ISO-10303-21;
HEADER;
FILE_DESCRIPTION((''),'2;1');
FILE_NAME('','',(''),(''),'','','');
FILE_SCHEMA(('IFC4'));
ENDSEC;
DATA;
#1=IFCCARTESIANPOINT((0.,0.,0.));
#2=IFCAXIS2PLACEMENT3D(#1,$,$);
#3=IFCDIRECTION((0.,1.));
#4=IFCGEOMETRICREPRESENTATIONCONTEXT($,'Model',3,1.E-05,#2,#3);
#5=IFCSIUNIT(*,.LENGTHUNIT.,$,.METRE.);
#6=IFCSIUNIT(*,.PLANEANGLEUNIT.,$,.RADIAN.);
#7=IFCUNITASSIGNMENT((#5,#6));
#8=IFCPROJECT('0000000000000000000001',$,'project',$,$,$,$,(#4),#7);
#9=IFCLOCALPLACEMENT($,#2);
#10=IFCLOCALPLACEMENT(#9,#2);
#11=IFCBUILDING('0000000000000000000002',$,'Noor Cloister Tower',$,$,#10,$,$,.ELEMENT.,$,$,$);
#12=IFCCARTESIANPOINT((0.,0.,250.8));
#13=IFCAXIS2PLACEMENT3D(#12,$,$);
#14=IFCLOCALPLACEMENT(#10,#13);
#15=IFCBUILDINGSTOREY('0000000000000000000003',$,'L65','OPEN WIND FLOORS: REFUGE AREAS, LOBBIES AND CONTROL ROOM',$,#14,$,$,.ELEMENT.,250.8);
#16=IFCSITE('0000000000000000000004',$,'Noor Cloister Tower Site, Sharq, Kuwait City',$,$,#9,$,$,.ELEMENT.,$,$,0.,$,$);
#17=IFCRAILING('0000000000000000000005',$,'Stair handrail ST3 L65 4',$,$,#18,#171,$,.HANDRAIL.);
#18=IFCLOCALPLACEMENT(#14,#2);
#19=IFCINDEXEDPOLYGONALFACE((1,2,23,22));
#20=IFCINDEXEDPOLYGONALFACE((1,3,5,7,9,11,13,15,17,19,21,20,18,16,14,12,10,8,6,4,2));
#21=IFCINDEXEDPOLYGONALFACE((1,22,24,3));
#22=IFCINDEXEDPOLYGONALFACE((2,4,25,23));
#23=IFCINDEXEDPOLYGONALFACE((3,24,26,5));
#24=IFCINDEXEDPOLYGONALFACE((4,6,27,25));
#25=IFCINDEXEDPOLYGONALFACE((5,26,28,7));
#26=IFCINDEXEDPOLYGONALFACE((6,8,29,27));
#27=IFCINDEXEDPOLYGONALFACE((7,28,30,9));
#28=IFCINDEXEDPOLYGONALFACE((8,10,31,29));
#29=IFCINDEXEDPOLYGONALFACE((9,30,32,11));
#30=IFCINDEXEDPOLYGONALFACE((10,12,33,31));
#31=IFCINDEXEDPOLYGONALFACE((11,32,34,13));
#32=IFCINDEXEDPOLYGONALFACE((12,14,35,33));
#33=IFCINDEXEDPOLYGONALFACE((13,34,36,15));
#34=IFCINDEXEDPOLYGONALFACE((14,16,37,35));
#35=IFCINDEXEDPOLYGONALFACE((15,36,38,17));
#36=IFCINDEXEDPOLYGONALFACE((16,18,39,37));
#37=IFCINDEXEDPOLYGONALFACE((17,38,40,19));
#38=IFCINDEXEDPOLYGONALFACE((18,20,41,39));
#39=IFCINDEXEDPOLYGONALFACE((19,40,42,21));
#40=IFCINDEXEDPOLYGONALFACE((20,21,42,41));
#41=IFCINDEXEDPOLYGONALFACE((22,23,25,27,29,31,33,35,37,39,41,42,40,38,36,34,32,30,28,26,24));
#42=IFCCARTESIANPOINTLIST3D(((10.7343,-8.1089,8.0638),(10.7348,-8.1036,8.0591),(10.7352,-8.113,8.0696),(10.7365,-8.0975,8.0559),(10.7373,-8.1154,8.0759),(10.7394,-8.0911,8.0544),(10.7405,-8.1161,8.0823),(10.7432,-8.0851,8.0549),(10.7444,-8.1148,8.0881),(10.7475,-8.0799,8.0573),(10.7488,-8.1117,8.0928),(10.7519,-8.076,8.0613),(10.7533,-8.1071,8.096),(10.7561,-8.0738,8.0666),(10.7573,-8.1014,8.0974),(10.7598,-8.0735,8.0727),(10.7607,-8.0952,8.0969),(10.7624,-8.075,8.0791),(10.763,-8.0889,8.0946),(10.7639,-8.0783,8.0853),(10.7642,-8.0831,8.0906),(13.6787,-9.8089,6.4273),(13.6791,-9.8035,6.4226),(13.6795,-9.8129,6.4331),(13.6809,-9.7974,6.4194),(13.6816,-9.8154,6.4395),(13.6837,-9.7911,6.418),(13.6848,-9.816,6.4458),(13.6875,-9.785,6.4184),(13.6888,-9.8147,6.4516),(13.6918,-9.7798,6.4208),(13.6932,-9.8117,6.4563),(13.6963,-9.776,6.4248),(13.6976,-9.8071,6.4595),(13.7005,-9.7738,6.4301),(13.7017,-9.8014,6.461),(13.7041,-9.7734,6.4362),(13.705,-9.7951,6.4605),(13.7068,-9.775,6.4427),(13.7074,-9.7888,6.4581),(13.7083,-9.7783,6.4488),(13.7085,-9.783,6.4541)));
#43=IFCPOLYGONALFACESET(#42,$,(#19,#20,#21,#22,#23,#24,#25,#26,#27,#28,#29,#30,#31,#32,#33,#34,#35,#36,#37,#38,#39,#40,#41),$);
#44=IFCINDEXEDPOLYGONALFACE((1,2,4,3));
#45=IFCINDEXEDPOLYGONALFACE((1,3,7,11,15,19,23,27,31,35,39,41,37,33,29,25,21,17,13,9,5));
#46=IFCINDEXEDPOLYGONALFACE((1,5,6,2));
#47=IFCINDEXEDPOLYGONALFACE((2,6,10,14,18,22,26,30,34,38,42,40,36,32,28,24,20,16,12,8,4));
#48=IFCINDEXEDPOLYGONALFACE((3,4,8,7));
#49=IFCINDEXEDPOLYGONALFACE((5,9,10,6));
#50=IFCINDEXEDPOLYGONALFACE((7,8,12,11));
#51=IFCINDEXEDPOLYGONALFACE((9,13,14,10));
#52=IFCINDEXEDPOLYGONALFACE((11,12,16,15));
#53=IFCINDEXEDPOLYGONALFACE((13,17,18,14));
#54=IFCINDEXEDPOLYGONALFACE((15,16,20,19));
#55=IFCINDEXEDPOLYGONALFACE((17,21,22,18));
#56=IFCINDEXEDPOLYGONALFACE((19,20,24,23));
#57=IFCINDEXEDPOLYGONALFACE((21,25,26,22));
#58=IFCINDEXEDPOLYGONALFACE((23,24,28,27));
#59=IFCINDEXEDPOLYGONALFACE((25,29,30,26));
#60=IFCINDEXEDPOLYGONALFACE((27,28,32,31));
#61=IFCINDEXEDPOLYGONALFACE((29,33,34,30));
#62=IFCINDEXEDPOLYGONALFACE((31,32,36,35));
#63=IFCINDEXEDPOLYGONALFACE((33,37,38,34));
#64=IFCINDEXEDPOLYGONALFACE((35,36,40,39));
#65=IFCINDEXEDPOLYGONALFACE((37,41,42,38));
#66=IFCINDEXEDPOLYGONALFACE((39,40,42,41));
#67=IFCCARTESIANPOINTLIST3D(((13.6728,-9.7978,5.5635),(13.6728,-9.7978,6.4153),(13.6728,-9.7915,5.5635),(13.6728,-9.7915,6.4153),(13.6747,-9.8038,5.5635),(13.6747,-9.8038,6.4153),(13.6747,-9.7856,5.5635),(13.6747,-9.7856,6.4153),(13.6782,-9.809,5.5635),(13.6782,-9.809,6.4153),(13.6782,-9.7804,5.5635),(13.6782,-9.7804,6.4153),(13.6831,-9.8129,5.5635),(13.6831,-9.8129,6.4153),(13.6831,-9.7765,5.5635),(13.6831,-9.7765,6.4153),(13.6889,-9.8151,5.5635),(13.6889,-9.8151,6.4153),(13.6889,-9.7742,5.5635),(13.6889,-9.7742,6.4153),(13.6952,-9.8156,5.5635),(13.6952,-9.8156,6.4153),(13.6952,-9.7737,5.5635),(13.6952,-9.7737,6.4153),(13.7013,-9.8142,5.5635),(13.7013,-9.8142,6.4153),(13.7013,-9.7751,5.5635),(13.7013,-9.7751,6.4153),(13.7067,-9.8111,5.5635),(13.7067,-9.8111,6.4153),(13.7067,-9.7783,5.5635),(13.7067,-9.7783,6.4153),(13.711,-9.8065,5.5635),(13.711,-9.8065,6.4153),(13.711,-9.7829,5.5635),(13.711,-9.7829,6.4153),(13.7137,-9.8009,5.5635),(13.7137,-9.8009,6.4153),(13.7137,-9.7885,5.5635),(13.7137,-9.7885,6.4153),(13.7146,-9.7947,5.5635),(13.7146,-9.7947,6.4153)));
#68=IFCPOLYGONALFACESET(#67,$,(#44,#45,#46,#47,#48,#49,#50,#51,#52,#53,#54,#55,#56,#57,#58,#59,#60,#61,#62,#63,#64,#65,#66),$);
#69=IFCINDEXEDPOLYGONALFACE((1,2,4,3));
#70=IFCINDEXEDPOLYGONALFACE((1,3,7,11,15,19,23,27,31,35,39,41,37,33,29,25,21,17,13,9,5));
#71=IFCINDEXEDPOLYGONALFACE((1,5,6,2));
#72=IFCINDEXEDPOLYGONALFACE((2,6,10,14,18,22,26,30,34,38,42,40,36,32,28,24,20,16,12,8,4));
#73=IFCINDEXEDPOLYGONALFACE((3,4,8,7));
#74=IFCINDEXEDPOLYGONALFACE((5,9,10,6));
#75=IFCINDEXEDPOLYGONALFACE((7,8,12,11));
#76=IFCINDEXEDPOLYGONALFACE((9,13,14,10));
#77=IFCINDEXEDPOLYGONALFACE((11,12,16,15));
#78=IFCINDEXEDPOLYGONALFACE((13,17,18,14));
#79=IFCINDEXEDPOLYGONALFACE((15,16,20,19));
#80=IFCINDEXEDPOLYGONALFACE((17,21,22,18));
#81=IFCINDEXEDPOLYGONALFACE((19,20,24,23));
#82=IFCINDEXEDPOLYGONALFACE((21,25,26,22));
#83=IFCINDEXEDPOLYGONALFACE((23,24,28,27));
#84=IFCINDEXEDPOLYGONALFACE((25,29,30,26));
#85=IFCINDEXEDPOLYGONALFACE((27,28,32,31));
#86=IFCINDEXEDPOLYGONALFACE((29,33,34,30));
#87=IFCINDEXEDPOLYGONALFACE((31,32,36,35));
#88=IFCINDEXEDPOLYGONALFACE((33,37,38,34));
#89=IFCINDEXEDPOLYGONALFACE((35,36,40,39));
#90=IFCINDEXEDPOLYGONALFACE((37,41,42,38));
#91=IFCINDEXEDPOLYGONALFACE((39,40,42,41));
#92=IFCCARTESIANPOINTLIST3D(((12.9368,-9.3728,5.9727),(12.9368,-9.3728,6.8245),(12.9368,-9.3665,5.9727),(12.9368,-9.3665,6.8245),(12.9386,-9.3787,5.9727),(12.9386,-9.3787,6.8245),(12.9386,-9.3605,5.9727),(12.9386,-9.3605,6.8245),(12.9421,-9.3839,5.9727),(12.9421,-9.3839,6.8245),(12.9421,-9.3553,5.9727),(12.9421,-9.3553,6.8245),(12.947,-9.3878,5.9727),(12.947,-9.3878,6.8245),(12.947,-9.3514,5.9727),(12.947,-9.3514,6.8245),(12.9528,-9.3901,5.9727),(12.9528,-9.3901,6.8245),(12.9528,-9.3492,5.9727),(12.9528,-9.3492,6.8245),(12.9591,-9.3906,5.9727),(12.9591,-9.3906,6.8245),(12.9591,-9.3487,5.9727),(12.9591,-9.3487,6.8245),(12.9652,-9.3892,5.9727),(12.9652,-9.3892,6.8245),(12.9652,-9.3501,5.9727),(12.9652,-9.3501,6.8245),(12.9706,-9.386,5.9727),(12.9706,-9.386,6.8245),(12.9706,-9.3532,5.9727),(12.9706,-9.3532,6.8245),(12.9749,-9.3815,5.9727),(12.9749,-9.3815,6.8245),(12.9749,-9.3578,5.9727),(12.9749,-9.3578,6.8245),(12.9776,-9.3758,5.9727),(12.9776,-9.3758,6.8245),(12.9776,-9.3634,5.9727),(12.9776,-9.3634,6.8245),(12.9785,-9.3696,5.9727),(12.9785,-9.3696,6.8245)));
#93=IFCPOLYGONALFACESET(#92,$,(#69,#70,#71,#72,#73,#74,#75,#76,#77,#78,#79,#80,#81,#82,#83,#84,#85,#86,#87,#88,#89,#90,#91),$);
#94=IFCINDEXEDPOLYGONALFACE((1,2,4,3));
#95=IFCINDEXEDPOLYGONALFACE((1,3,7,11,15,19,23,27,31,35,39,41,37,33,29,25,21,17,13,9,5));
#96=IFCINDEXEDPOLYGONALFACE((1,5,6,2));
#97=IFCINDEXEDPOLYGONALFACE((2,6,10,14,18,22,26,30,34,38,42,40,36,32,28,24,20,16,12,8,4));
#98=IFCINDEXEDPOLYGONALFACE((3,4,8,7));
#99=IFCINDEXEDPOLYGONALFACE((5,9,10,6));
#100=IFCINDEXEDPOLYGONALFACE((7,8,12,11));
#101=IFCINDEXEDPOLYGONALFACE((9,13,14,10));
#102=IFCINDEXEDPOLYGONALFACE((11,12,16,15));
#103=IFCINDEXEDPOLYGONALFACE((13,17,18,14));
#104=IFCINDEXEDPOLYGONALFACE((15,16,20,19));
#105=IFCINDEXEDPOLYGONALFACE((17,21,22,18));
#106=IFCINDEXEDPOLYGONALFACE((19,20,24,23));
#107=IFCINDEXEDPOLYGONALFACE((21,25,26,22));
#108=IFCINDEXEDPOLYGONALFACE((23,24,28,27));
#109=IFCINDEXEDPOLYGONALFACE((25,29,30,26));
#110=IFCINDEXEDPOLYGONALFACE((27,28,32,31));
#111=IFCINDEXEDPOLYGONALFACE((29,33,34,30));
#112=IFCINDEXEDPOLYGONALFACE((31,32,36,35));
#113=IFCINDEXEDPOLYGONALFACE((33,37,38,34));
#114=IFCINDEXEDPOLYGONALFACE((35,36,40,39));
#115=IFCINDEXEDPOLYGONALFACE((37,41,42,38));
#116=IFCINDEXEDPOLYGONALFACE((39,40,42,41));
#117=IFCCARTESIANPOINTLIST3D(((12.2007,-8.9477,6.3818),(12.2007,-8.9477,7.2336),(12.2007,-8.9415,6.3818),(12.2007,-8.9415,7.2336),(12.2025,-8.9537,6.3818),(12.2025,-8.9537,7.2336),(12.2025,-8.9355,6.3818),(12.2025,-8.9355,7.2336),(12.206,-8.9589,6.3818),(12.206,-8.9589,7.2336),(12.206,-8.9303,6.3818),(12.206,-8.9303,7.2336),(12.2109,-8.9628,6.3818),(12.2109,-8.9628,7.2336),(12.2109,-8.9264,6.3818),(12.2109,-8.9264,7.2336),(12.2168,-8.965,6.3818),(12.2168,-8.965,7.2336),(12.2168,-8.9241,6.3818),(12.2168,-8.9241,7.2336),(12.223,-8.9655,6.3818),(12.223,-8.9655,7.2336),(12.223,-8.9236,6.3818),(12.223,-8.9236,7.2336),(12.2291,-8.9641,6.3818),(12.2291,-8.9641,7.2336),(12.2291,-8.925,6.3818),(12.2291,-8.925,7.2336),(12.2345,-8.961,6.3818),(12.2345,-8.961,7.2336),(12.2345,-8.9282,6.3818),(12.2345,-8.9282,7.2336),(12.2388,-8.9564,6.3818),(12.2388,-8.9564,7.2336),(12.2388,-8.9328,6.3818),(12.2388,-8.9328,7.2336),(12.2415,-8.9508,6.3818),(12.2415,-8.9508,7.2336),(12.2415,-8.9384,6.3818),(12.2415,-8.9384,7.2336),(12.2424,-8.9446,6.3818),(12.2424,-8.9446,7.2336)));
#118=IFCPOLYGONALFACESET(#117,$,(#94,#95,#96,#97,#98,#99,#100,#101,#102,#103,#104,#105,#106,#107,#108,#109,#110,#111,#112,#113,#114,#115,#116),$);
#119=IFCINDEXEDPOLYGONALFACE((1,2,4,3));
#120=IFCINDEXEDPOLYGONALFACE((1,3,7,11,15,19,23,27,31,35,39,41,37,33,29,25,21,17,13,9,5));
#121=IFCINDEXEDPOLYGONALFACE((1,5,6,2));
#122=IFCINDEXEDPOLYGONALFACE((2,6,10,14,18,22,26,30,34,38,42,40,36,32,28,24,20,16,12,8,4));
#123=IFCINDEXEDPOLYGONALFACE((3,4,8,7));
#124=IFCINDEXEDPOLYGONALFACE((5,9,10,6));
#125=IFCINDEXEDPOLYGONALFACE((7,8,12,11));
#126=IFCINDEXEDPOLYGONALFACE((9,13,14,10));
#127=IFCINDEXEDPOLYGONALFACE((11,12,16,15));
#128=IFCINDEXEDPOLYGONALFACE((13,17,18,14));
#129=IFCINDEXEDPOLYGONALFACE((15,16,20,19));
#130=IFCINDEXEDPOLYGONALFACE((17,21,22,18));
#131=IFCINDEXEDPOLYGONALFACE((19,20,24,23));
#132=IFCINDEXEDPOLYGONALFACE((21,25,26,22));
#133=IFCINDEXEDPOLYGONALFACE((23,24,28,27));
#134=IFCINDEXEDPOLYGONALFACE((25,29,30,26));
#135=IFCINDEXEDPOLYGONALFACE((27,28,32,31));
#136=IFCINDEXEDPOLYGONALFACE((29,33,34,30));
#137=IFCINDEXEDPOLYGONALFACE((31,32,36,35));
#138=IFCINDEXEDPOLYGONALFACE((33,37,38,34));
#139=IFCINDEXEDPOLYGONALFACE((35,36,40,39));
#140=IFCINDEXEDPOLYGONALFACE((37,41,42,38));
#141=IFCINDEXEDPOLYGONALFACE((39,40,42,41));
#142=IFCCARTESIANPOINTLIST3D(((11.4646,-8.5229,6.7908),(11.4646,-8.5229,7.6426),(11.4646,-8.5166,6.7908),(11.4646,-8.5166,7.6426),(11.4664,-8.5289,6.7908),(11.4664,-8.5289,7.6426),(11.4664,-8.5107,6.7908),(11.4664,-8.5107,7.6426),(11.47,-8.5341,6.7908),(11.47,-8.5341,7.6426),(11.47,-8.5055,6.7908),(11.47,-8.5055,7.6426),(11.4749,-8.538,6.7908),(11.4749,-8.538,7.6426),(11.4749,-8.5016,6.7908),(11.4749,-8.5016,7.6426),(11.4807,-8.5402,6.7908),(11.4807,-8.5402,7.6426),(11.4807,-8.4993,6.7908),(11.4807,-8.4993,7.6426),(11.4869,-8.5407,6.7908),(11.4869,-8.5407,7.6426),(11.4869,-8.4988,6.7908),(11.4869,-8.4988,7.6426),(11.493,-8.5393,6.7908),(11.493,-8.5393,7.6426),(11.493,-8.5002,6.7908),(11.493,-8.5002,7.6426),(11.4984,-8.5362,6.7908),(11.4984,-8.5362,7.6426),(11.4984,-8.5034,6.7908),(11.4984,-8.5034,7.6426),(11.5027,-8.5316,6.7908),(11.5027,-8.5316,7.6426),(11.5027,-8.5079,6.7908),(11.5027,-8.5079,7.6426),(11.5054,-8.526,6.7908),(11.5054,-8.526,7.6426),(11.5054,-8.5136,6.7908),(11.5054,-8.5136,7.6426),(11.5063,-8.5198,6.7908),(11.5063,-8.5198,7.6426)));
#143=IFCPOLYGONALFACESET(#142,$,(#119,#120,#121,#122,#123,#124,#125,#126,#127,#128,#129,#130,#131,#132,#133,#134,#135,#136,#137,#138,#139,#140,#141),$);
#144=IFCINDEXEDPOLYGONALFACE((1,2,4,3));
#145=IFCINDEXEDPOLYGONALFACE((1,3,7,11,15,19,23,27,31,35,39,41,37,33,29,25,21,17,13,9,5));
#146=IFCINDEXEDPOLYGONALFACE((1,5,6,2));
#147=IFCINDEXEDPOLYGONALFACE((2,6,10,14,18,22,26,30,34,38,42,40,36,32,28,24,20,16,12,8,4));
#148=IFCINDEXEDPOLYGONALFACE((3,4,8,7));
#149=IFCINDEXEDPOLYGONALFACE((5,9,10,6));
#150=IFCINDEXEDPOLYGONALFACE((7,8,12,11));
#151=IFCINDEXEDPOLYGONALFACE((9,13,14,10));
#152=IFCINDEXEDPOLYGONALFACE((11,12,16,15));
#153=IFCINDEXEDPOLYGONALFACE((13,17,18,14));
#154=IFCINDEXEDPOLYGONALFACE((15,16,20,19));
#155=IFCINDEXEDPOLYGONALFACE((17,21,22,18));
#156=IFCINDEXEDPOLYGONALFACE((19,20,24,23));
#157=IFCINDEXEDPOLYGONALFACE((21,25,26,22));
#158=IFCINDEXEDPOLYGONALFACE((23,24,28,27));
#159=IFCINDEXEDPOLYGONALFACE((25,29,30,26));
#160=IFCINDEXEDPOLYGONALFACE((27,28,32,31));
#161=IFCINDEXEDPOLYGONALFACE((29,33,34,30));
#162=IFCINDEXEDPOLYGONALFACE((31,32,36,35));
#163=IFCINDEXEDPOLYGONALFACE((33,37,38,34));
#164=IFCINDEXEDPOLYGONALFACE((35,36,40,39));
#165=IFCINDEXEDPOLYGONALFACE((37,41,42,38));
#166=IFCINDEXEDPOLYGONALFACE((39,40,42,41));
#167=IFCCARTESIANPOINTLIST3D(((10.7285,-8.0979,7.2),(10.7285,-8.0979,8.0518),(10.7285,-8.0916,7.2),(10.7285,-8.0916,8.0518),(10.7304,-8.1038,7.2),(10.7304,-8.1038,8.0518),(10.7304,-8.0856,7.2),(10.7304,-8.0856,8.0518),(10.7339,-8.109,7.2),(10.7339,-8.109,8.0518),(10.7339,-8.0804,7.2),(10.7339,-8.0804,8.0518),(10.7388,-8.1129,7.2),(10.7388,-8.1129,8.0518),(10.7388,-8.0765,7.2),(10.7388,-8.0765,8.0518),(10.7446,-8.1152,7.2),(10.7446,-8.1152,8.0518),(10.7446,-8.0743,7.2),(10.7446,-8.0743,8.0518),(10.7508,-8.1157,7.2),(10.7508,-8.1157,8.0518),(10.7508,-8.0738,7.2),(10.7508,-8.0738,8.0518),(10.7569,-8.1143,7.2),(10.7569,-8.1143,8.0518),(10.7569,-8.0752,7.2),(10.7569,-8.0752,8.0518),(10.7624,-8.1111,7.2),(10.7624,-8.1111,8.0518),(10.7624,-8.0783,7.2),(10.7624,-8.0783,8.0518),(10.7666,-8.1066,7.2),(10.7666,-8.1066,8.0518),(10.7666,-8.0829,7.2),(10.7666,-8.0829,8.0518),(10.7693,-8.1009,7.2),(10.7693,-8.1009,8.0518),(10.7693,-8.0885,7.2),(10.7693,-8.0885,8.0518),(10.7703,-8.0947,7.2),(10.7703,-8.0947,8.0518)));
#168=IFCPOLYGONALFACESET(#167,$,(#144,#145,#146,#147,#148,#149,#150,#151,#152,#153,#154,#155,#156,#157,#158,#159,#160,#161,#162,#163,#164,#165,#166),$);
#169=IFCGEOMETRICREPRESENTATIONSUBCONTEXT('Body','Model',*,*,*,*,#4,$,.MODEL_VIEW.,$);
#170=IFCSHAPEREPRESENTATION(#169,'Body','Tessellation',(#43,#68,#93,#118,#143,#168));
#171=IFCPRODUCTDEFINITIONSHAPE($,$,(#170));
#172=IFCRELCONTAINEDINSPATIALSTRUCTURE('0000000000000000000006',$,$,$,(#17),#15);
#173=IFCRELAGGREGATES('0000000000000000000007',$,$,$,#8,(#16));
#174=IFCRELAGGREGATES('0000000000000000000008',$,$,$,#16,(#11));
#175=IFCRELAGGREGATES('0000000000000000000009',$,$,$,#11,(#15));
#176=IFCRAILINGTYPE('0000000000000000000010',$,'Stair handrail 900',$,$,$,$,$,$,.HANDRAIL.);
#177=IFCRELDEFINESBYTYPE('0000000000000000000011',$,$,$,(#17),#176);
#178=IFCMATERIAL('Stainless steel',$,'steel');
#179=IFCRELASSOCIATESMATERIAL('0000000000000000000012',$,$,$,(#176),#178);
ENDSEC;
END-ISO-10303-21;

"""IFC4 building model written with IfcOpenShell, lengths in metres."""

from ifc_helpers import new_model, si_unit, direction, frame, origin, origin_2d, place, context, subcontext, project, spatial, circle, extrude, material, type_object, element, save


model = new_model("IFC4")

# Units and contexts
model_context = context("Model", 3, precision=1e-05, world=origin(), true_north=direction((0.0, 1.0)))
body_context = subcontext(model_context, "Body", "Model", "MODEL_VIEW")
ifc_project = project(units=[si_unit("LENGTHUNIT", "METRE"), si_unit("PLANEANGLEUNIT", "RADIAN")], contexts=[model_context])

# Site, building, storey
site_placement = place(None, origin())
site = spatial("IfcSite", under=ifc_project, at=site_placement, Name="Noor Cloister Tower Site, Sharq, Kuwait City", CompositionType="ELEMENT", RefElevation=0.0)
building_placement = place(site_placement, origin())
building = spatial("IfcBuilding", under=site, at=building_placement, Name="Noor Cloister Tower", CompositionType="ELEMENT")
storey_placement = place(building_placement, frame((0.0, 0.0, 250.8)))
storey = spatial("IfcBuildingStorey", under=building, at=storey_placement, Name="L65", Description="OPEN WIND FLOORS: REFUGE AREAS, LOBBIES AND CONTROL ROOM", CompositionType="ELEMENT", Elevation=250.8)

# Railing
ifc_material_1 = material(Name="Stainless steel", Category="steel")
railing_type_1 = type_object("IfcRailingType", Name="Stair handrail 900", PredefinedType="HANDRAIL", material=ifc_material_1)
railing_1_placement = place(storey_placement, frame((13.6936, -9.7947, 5.5635)))
element("IfcRailing", 1, at=railing_1_placement, inside=storey, type_object=railing_type_1, Name="Stair handrail ST3 L65 4", PredefinedType="HANDRAIL", context=body_context, shape_type="SweptSolid", body=[
    extrude(circle(Radius=0.0239, at=origin_2d()), frame((0.0, 0.0, 0.876), z_axis=(-0.78033, 0.450534, 0.433711), x_axis=(-0.500008, -0.866021, 0.0)), (0.0, 0.0, 1.0), 3.7732),
    extrude(circle(Radius=0.021, at=origin_2d()), origin(), (0.0, 0.0, 1.0), 0.8518),
    extrude(circle(Radius=0.021, at=origin_2d()), frame((-0.7361, 0.425, 0.4092)), (0.0, 0.0, 1.0), 0.8518),
    extrude(circle(Radius=0.021, at=origin_2d()), frame((-1.4722, 0.8501, 0.8184)), (0.0, 0.0, 1.0), 0.8518),
    extrude(circle(Radius=0.021, at=origin_2d()), frame((-2.2083, 1.2749, 1.2273)), (0.0, 0.0, 1.0), 0.8518),
    extrude(circle(Radius=0.021, at=origin_2d()), frame((-2.9443, 1.7, 1.6365)), (0.0, 0.0, 1.0), 0.8518),
])

save(model, "model.ifc")
